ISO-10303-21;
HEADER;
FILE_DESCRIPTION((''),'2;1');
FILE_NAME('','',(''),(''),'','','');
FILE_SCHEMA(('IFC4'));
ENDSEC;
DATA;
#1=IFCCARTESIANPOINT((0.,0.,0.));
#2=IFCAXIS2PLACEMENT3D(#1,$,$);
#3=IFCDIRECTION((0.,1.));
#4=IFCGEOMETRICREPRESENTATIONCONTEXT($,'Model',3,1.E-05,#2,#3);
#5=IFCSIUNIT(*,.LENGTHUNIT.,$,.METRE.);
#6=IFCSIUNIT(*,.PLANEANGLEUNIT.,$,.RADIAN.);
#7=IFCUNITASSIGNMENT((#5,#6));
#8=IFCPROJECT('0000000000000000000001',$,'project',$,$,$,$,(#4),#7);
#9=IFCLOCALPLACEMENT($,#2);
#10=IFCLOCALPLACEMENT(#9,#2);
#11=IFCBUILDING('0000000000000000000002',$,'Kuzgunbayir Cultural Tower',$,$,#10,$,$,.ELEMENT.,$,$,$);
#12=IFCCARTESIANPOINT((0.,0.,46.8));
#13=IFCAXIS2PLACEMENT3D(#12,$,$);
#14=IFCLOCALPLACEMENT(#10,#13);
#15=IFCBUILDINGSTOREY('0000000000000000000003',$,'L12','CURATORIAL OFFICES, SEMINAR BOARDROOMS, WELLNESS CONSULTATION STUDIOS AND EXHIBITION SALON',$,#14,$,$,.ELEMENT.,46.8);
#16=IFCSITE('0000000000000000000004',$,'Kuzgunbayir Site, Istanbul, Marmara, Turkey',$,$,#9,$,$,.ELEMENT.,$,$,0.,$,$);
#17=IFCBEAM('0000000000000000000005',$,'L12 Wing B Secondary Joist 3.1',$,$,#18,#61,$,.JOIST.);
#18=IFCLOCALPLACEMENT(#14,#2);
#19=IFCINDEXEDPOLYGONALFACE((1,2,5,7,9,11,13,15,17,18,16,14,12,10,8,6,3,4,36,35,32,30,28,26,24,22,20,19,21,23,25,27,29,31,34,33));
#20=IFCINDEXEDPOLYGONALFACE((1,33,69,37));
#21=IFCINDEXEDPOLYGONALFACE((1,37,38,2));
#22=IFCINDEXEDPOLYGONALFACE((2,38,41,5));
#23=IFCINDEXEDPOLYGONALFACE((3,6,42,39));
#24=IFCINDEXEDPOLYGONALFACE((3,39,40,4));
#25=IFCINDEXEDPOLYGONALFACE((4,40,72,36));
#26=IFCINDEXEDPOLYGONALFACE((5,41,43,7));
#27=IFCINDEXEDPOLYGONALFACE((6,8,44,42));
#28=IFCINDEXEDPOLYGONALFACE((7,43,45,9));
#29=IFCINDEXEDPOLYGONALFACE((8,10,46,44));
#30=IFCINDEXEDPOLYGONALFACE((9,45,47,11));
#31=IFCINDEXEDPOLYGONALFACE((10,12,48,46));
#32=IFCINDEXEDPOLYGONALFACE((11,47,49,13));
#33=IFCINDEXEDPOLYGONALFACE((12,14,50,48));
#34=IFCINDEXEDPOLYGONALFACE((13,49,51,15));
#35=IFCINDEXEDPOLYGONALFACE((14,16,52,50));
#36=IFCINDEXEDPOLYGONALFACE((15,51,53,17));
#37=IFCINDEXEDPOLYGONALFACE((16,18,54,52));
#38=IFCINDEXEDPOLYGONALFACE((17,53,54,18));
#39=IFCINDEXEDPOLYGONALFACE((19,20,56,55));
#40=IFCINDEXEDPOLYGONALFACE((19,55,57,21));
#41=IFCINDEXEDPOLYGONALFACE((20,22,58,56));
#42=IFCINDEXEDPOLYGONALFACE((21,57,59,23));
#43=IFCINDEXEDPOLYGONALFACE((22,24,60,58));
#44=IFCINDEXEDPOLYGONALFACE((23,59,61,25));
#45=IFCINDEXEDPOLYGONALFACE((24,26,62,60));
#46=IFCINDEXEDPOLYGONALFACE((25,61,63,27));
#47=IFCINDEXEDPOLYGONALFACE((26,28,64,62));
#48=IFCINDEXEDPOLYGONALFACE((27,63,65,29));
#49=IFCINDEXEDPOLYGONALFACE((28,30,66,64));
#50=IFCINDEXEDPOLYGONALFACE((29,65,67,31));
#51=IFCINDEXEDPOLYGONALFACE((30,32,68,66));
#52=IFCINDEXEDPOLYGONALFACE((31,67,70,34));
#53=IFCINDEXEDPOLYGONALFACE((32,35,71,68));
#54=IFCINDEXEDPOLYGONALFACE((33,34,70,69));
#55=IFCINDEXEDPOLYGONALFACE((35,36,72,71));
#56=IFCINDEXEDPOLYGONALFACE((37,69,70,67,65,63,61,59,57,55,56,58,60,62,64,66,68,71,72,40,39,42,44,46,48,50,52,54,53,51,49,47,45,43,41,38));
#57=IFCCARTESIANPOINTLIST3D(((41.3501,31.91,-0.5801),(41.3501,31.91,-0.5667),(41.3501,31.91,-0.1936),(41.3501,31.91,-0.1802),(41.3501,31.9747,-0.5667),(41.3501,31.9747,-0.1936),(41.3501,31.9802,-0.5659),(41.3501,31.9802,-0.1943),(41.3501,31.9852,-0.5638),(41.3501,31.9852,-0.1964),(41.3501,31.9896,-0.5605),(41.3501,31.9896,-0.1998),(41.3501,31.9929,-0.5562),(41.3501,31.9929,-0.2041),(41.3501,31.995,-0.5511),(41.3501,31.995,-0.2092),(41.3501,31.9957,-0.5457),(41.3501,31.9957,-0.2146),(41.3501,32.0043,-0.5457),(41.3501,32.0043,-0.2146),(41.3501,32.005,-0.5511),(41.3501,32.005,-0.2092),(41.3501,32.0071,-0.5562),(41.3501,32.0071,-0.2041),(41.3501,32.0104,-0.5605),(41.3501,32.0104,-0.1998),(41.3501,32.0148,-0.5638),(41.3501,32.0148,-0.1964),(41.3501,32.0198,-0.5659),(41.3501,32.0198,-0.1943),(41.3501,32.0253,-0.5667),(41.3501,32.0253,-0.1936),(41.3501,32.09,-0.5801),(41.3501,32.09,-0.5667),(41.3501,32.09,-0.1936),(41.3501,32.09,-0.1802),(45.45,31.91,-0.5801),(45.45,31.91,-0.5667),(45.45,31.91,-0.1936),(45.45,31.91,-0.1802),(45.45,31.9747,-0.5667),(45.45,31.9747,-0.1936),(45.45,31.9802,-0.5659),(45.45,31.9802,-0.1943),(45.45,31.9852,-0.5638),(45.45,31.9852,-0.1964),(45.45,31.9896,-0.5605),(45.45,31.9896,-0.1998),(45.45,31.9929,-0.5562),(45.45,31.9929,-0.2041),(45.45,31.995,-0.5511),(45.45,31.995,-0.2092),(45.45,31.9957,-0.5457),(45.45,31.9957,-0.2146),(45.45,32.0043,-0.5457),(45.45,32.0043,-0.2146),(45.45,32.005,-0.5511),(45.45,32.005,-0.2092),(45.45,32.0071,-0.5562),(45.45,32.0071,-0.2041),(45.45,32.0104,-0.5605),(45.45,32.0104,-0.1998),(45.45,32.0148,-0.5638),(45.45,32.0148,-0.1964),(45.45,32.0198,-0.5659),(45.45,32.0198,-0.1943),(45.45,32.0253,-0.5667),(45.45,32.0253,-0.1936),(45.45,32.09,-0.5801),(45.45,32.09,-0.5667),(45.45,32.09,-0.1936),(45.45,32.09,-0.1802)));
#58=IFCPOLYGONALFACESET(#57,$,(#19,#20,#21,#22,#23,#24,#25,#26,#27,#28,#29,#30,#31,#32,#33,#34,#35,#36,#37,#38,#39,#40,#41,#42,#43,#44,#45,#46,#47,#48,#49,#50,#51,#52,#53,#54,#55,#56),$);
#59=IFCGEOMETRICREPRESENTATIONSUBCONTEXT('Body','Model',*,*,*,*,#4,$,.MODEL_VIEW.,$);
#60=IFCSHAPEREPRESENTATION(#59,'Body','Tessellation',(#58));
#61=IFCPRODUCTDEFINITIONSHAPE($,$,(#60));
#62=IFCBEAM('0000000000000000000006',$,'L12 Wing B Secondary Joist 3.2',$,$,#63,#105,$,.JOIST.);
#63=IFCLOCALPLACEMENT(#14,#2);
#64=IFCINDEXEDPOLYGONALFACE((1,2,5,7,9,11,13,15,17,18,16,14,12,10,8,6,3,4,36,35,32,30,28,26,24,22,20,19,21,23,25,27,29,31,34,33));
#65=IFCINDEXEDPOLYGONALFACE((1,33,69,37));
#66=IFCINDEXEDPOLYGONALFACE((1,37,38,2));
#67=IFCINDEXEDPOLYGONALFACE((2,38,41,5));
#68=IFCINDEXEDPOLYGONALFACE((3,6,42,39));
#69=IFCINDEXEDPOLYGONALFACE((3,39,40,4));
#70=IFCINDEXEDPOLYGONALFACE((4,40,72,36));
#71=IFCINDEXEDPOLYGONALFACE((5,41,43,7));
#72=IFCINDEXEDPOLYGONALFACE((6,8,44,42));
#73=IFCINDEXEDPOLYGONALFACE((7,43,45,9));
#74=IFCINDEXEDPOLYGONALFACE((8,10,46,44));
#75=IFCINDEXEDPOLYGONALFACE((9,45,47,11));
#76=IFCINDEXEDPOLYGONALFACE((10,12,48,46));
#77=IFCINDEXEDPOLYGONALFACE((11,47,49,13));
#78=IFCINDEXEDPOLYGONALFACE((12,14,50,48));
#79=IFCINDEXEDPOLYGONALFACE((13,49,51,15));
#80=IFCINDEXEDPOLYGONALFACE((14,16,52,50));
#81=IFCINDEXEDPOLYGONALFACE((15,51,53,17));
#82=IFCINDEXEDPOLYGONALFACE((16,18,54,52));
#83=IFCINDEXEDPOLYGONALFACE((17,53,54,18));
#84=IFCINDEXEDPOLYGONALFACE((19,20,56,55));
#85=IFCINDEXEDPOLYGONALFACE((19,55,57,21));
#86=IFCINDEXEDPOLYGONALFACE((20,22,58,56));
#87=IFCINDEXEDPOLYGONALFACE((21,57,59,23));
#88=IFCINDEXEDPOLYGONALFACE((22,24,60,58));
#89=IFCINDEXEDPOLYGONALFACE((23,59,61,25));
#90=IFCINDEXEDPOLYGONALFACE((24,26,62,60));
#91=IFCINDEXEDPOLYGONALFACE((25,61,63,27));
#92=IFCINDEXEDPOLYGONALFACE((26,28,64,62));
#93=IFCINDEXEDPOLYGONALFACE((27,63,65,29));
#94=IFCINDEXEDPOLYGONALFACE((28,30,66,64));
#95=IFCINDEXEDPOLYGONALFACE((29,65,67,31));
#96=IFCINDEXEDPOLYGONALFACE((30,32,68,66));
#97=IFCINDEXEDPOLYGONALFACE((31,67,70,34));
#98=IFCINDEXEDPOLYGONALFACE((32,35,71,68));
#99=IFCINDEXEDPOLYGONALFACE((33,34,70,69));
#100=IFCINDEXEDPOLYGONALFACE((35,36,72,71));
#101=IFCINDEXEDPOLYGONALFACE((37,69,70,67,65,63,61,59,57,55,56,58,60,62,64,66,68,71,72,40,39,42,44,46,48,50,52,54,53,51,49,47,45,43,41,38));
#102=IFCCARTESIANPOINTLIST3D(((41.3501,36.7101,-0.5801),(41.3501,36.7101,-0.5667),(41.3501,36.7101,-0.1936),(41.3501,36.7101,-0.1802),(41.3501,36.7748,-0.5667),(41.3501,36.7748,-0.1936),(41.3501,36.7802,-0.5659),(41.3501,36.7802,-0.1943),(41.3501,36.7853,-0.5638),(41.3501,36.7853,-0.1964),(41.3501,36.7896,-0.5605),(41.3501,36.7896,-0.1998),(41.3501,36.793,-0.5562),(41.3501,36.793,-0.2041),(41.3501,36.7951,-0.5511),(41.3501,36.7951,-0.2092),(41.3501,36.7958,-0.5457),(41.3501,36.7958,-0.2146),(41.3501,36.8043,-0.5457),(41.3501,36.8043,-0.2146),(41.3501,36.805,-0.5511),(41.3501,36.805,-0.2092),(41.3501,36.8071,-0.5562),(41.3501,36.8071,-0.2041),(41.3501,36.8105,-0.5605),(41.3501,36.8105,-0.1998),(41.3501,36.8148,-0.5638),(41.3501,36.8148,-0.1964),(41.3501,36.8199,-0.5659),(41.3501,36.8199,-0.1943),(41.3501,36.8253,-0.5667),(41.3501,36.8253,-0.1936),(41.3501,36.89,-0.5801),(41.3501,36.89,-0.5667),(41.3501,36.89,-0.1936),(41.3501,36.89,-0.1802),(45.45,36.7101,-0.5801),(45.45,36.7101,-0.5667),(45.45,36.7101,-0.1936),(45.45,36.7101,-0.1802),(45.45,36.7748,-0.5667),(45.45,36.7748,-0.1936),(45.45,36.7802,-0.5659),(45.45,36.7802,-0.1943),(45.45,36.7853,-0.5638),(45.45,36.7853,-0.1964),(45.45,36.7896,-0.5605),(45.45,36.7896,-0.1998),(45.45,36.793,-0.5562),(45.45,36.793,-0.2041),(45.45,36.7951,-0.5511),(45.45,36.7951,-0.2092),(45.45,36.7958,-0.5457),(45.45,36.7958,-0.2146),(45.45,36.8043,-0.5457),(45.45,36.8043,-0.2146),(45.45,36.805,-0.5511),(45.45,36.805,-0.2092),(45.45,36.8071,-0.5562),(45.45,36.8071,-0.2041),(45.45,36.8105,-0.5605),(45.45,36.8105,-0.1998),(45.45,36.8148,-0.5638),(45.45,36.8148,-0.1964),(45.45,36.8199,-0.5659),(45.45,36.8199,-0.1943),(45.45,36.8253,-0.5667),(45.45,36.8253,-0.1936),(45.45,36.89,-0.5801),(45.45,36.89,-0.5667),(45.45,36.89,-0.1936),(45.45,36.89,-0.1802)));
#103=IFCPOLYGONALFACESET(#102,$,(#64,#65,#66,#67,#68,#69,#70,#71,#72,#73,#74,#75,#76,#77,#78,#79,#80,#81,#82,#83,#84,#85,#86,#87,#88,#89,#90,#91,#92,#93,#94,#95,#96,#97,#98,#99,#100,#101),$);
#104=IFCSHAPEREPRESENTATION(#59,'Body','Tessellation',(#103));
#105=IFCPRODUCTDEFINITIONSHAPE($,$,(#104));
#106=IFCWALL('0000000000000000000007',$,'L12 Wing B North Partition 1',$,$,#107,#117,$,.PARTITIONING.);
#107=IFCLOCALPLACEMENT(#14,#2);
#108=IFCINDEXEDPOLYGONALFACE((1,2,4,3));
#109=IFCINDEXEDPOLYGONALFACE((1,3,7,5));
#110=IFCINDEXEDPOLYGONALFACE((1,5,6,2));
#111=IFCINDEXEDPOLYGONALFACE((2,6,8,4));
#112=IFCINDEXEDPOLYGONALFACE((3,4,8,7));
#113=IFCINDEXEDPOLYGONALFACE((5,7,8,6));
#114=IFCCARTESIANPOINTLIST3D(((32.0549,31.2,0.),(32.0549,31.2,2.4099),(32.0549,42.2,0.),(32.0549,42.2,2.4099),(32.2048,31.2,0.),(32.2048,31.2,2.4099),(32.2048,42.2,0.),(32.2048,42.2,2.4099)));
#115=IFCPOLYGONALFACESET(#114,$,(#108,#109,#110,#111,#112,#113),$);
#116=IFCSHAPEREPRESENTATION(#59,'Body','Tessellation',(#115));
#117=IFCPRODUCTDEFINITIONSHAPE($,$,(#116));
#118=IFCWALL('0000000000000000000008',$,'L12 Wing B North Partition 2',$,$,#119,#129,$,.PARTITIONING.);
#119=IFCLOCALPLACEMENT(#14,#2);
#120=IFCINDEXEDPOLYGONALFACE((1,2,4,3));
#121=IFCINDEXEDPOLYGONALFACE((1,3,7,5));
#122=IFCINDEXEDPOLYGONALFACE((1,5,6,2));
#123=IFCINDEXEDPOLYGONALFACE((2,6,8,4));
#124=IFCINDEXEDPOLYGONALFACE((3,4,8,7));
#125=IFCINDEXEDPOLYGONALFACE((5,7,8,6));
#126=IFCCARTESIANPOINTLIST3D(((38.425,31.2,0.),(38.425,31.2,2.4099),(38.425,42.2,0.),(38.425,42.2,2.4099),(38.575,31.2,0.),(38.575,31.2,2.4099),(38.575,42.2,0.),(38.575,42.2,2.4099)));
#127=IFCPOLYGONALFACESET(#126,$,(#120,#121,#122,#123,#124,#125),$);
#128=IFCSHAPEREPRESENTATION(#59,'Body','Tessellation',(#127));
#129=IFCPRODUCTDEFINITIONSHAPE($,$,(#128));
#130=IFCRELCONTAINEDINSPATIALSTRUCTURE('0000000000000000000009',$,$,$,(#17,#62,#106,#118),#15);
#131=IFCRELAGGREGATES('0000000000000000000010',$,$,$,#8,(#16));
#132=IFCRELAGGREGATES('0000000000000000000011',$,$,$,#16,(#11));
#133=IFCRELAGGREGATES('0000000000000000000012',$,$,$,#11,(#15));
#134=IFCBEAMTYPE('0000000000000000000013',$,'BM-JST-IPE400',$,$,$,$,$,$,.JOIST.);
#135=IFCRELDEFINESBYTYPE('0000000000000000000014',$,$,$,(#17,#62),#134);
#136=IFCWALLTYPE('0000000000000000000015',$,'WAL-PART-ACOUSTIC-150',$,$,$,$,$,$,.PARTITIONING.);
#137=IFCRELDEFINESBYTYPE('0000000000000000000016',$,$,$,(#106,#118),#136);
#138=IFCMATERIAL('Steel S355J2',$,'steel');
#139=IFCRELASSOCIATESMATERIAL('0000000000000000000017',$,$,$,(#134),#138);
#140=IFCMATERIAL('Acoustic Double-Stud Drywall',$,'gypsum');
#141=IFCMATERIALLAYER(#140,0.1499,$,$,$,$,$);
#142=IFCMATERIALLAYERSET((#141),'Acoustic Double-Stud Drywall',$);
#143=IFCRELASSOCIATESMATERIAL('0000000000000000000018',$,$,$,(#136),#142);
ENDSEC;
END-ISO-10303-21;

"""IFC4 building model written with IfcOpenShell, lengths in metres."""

from ifc_helpers import new_model, si_unit, direction, frame, frame_2d, origin, origin_2d, place, context, subcontext, project, spatial, rectangle, i_section, extrude, material, layer, layer_set, material_profile, profile_set, type_object, element, save


model = new_model("IFC4")

# Units and contexts
model_context = context("Model", 3, precision=1e-05, world=origin(), true_north=direction((0.0, 1.0)))
body_context = subcontext(model_context, "Body", "Model", "MODEL_VIEW")
ifc_project = project(units=[si_unit("LENGTHUNIT", "METRE"), si_unit("PLANEANGLEUNIT", "RADIAN")], contexts=[model_context])

# Site, building, storey
site_placement = place(None, origin())
site = spatial("IfcSite", under=ifc_project, at=site_placement, Name="Kuzgunbayir Site, Istanbul, Marmara, Turkey", CompositionType="ELEMENT", RefElevation=0.0)
building_placement = place(site_placement, origin())
building = spatial("IfcBuilding", under=site, at=building_placement, Name="Kuzgunbayir Cultural Tower", CompositionType="ELEMENT")
storey_placement = place(building_placement, frame((0.0, 0.0, 46.8)))
storey = spatial("IfcBuildingStorey", under=building, at=storey_placement, Name="L12", Description="CURATORIAL OFFICES, SEMINAR BOARDROOMS, WELLNESS CONSULTATION STUDIOS AND EXHIBITION SALON", CompositionType="ELEMENT", Elevation=46.8)

# Beams
ifc_material_1 = material(Name="Steel S355J2", Category="steel")
ifc_material_profile_1 = material_profile(ifc_material_1, i_section(OverallWidth=0.1799, OverallDepth=0.3999, WebThickness=0.0085, FlangeThickness=0.0134, FilletRadius=0.021, at=origin_2d()), Name="IPE 400")
ifc_profile_set_1 = profile_set([ifc_material_profile_1], Name="Steel S355J2")
beam_type_1 = type_object("IfcBeamType", Name="BM-JST-IPE400", PredefinedType="JOIST", material=ifc_profile_set_1)
for number, where, z_axis, x_axis, name in (
    (1, (41.3501, 32.0, -0.3801), (1.0, 0.0, 0.0), (0.0, 1.0, 0.0), "L12 Wing B Secondary Joist 3.1"),
    (2, (41.3501, 36.8, -0.3801), (1.0, 0.0, 0.0), (0.0, 1.0, 0.0), "L12 Wing B Secondary Joist 3.2"),
):
    element("IfcBeam", number, at=place(storey_placement, frame(where, z_axis=z_axis, x_axis=x_axis)), inside=storey, type_object=beam_type_1, Name=name, PredefinedType="JOIST", context=body_context, shape_type="SweptSolid", body=[
        extrude(i_section(OverallWidth=0.1799, OverallDepth=0.3999, WebThickness=0.0085, FlangeThickness=0.0134, FilletRadius=0.021, at=origin_2d()), origin(), (0.0, 0.0, 1.0), 4.0999),
    ])

# Walls
ifc_material_2 = material(Name="Acoustic Double-Stud Drywall", Category="gypsum")
ifc_layer = layer(ifc_material_2, 0.1499)
ifc_layer_set = layer_set([ifc_layer], Name="Acoustic Double-Stud Drywall")
wall_type = type_object("IfcWallType", Name="WAL-PART-ACOUSTIC-150", PredefinedType="PARTITIONING", material=ifc_layer_set)
for number, where, z_axis, x_axis, name in (
    (3, (32.1299, 31.2, 0.0), (0.0, 0.0, 1.0), (0.0, 1.0, 0.0), "L12 Wing B North Partition 1"),
    (4, (38.5, 31.2, 0.0), (0.0, 0.0, 1.0), (0.0, 1.0, 0.0), "L12 Wing B North Partition 2"),
):
    element("IfcWall", number, at=place(storey_placement, frame(where, z_axis=z_axis, x_axis=x_axis)), inside=storey, type_object=wall_type, Name=name, PredefinedType="PARTITIONING", context=body_context, shape_type="SweptSolid", body=[
        extrude(rectangle(XDim=11.0, YDim=0.1499, at=frame_2d((5.5, 0.0))), origin(), (0.0, 0.0, 1.0), 2.4099),
    ])

save(model, "model.ifc")
